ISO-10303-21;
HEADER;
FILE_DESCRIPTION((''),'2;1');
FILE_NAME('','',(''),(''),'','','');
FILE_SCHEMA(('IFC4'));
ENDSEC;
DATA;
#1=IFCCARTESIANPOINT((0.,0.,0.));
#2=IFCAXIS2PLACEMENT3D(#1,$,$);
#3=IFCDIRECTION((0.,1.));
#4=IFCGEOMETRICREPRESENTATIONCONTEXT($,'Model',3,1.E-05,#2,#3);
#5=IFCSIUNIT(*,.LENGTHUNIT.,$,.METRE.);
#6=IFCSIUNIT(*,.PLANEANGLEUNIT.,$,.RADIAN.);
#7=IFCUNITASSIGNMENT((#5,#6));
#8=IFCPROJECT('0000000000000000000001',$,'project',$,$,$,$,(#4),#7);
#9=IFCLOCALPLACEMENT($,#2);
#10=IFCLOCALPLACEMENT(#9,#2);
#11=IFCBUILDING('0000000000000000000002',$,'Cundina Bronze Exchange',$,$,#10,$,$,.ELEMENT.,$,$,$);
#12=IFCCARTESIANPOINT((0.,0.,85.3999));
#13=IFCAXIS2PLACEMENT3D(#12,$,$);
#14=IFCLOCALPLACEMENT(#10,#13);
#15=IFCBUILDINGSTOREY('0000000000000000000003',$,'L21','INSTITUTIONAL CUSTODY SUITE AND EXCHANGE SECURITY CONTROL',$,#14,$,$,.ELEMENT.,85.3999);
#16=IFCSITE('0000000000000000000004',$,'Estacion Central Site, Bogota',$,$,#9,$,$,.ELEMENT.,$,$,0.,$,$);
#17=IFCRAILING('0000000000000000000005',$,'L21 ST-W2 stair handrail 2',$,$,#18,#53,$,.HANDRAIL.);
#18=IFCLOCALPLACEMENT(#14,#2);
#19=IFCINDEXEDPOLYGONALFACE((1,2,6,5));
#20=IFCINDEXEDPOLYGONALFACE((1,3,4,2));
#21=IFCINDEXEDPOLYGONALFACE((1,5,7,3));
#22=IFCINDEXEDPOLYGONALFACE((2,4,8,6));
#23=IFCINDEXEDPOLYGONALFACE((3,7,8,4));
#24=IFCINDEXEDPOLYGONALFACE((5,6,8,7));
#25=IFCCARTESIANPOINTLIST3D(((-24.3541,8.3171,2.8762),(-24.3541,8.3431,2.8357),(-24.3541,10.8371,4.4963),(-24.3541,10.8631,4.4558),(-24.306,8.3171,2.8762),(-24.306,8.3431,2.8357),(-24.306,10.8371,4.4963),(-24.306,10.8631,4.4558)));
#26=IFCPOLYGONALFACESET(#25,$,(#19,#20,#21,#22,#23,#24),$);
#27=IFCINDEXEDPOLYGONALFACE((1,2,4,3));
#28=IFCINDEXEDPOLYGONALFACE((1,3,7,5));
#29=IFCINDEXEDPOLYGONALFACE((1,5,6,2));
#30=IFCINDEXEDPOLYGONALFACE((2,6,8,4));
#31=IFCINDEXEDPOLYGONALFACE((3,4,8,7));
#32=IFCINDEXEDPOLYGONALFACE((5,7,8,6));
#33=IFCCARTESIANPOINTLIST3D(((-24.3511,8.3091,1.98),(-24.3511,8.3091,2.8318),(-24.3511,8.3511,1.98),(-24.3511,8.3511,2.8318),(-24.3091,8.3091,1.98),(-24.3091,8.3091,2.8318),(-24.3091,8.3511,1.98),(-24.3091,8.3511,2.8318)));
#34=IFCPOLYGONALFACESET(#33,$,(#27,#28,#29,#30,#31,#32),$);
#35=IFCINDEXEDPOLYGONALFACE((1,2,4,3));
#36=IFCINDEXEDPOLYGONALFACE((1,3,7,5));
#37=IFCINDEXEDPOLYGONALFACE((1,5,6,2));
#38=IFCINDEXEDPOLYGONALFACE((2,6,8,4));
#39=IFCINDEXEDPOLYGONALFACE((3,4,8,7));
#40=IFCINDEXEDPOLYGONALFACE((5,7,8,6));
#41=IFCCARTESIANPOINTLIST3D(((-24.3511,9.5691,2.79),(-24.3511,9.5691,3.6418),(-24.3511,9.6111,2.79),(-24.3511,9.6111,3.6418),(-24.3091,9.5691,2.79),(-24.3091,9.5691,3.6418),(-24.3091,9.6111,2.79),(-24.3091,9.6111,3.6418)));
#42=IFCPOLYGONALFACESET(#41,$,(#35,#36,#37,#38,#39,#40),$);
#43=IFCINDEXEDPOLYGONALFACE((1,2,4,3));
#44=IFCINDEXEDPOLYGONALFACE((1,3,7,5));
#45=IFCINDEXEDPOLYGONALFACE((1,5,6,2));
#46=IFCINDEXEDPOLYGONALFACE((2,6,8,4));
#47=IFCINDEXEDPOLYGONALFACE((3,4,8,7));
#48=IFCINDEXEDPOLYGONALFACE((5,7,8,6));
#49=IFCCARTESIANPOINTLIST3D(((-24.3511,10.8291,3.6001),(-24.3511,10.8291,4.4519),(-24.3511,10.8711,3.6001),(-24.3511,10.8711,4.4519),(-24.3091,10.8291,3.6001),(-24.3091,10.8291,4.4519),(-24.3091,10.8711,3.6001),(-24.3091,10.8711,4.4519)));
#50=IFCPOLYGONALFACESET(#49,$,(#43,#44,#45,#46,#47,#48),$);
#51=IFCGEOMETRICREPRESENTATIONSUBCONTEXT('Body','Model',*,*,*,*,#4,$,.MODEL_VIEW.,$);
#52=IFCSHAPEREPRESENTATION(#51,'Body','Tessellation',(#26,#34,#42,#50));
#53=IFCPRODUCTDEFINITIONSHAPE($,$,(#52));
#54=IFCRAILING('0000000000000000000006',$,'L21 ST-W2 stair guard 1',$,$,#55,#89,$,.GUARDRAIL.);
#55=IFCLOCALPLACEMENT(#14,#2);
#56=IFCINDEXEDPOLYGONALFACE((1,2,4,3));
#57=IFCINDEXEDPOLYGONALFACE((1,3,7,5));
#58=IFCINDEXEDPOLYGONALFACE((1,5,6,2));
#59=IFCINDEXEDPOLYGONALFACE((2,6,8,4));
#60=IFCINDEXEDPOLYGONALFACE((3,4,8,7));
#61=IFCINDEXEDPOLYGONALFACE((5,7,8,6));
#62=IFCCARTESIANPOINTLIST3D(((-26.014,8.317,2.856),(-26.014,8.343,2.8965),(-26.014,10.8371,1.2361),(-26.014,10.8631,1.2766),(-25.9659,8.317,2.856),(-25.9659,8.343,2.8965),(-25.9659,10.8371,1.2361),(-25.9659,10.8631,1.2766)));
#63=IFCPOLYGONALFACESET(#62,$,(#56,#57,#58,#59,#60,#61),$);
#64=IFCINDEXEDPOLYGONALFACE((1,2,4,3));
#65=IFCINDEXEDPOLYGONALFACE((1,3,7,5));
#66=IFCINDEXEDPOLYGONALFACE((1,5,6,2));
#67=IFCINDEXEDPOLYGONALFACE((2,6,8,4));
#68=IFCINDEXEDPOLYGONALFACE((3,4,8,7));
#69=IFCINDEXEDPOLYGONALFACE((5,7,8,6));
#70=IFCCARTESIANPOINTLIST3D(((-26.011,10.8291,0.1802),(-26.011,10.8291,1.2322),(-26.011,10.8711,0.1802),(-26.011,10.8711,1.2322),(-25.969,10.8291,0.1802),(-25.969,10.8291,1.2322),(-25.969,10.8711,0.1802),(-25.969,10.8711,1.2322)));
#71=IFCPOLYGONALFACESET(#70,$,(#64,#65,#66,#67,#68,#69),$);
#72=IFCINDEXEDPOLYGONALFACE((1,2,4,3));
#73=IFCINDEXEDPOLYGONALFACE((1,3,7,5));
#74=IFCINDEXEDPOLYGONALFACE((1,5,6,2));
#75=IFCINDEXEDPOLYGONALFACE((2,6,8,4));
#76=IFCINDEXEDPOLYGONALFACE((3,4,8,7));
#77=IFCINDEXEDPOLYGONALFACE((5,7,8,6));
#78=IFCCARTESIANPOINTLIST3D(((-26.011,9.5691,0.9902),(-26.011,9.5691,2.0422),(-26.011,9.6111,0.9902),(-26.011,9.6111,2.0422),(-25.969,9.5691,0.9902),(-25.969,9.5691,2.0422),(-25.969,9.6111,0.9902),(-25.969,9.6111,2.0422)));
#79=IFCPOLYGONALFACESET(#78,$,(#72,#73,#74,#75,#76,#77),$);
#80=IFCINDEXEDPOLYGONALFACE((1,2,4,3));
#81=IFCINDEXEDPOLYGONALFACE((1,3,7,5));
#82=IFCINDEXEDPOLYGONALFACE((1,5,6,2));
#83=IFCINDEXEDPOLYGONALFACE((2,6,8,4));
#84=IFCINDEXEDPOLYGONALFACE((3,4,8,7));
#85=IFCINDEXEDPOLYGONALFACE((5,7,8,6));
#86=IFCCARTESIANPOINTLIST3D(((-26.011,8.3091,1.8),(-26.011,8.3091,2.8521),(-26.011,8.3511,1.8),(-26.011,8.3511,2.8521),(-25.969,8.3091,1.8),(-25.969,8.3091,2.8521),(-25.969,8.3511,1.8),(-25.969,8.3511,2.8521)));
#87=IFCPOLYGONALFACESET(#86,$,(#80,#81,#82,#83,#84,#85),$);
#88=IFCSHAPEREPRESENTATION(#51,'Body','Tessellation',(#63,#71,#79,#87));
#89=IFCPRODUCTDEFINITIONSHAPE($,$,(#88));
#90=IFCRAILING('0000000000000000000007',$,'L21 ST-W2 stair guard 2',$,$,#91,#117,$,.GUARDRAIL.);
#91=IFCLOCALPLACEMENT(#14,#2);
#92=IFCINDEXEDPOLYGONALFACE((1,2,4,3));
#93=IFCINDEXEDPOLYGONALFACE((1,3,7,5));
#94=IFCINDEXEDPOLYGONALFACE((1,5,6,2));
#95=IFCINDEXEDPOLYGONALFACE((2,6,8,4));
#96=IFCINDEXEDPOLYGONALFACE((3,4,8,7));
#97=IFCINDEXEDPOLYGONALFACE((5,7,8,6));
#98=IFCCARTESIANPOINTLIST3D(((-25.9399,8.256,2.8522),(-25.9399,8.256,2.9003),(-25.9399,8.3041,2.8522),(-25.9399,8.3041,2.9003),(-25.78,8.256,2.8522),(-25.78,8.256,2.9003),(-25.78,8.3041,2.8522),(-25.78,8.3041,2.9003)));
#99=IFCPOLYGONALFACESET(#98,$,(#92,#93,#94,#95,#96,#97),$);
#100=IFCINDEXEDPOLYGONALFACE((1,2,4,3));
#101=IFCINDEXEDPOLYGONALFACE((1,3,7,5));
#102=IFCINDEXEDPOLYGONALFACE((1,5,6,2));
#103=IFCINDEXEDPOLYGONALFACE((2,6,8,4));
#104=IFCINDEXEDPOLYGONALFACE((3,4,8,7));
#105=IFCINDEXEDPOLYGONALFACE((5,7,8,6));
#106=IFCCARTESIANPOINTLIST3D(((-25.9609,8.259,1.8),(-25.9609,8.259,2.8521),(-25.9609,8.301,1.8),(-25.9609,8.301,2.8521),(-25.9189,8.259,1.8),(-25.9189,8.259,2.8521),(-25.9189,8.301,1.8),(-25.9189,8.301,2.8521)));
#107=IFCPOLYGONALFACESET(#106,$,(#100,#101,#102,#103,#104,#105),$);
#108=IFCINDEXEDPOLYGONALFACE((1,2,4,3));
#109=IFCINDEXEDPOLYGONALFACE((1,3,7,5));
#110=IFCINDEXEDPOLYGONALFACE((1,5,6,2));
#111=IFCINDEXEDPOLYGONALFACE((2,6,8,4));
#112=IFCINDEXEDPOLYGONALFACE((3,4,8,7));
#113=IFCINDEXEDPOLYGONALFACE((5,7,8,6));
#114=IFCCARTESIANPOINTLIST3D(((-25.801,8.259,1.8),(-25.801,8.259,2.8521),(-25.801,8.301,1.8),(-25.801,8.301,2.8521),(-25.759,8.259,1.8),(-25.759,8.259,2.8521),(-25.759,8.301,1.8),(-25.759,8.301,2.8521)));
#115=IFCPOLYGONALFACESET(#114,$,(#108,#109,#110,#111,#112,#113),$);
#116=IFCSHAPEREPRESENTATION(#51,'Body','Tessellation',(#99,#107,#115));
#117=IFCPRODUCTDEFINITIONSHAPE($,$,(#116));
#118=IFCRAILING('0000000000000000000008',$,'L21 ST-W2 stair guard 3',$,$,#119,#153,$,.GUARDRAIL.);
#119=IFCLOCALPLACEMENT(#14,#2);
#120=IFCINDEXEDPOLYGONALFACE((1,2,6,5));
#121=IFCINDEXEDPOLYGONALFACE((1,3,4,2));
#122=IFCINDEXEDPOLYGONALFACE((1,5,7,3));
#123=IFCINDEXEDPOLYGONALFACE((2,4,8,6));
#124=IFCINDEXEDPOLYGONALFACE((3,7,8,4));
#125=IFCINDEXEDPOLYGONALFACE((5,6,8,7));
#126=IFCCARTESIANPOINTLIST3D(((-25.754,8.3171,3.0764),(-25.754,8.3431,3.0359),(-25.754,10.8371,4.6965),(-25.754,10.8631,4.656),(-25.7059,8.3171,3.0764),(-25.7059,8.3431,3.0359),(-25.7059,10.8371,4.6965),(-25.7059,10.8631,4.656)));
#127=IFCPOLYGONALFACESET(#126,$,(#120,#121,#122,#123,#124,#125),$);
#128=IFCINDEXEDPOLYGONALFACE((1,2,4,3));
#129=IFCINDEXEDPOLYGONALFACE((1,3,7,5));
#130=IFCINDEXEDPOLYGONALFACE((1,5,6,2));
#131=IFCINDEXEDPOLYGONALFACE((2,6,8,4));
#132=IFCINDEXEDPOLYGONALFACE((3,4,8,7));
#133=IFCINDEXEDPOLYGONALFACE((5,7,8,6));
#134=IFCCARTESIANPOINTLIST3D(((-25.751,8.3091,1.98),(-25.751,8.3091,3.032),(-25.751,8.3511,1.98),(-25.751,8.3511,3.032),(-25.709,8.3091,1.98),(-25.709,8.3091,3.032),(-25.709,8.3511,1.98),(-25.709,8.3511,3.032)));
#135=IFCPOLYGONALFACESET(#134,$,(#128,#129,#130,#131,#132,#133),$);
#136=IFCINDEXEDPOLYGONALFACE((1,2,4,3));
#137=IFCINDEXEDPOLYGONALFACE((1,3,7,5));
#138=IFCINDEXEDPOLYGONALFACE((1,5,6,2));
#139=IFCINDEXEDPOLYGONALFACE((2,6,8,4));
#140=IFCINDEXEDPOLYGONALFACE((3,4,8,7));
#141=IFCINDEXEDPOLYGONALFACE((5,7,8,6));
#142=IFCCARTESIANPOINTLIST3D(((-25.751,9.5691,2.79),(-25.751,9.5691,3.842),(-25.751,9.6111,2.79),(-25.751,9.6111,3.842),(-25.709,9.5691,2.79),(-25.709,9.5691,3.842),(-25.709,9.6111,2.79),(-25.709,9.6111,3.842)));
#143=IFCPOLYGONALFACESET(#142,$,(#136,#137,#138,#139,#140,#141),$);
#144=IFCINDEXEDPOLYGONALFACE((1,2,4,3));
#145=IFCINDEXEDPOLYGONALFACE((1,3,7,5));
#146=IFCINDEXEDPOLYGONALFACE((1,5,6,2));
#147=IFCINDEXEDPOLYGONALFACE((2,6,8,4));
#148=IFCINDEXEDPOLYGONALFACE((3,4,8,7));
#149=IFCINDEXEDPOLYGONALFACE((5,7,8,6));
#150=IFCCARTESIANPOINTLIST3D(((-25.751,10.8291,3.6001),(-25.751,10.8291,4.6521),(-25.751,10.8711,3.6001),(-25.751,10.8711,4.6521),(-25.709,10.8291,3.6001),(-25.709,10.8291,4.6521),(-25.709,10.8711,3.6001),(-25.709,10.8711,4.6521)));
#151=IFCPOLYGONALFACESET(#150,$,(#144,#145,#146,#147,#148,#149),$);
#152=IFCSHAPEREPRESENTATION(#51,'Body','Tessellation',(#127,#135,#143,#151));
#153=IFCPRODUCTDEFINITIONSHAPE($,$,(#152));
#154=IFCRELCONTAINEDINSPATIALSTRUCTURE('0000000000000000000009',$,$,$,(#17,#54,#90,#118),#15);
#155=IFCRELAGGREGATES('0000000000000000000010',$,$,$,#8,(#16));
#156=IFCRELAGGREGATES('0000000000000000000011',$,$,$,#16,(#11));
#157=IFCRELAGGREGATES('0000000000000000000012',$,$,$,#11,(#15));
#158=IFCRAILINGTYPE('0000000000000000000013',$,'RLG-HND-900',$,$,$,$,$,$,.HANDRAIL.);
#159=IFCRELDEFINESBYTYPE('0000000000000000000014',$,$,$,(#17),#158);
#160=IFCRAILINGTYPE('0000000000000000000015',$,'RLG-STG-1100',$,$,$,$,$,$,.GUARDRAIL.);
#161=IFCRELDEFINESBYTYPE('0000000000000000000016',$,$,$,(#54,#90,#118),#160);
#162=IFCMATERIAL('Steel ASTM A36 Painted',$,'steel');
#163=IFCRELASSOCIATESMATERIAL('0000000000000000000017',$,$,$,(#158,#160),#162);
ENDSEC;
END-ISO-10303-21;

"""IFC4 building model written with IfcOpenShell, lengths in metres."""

from ifc_helpers import new_model, si_unit, direction, frame, origin, origin_2d, place, context, subcontext, project, spatial, rectangle, extrude, material, type_object, element, save


model = new_model("IFC4")

# Units and contexts
model_context = context("Model", 3, precision=1e-05, world=origin(), true_north=direction((0.0, 1.0)))
body_context = subcontext(model_context, "Body", "Model", "MODEL_VIEW")
ifc_project = project(units=[si_unit("LENGTHUNIT", "METRE"), si_unit("PLANEANGLEUNIT", "RADIAN")], contexts=[model_context])

# Site, building, storey
site_placement = place(None, origin())
site = spatial("IfcSite", under=ifc_project, at=site_placement, Name="Estacion Central Site, Bogota", CompositionType="ELEMENT", RefElevation=0.0)
building_placement = place(site_placement, origin())
building = spatial("IfcBuilding", under=site, at=building_placement, Name="Cundina Bronze Exchange", CompositionType="ELEMENT")
storey_placement = place(building_placement, frame((0.0, 0.0, 85.3999)))
storey = spatial("IfcBuildingStorey", under=building, at=storey_placement, Name="L21", Description="INSTITUTIONAL CUSTODY SUITE AND EXCHANGE SECURITY CONTROL", CompositionType="ELEMENT", Elevation=85.3999)

# Shared definitions
ifc_material_1 = material(Name="Steel ASTM A36 Painted", Category="steel")

# Railings
railing_type_1 = type_object("IfcRailingType", Name="RLG-HND-900", PredefinedType="HANDRAIL", material=ifc_material_1)
railing_1_placement = place(storey_placement, frame((-24.3301, 8.3301, 1.98)))
element("IfcRailing", 1, at=railing_1_placement, inside=storey, type_object=railing_type_1, Name="L21 ST-W2 stair handrail 2", PredefinedType="HANDRAIL", context=body_context, shape_type="SweptSolid", body=[
    extrude(rectangle(XDim=0.0481, YDim=0.0481, at=origin_2d()), frame((0.0, 0.0, 0.876), z_axis=(0.0, 0.841163, 0.540782), x_axis=(-1.0, 0.0, 0.0)), (0.0, 0.0, 1.0), 2.9958),
    extrude(rectangle(XDim=0.042, YDim=0.042, at=origin_2d()), origin(), (0.0, 0.0, 1.0), 0.8518),
    extrude(rectangle(XDim=0.042, YDim=0.042, at=origin_2d()), frame((0.0, 1.26, 0.8101)), (0.0, 0.0, 1.0), 0.8518),
    extrude(rectangle(XDim=0.042, YDim=0.042, at=origin_2d()), frame((0.0, 2.52, 1.6201)), (0.0, 0.0, 1.0), 0.8518),
])
railing_type_2 = type_object("IfcRailingType", Name="RLG-STG-1100", PredefinedType="GUARDRAIL", material=ifc_material_1)
railing_2_placement = place(storey_placement, frame((-25.99, 10.8501, 0.1802)))
element("IfcRailing", 2, at=railing_2_placement, inside=storey, type_object=railing_type_2, Name="L21 ST-W2 stair guard 1", PredefinedType="GUARDRAIL", context=body_context, shape_type="SweptSolid", body=[
    extrude(rectangle(XDim=0.0481, YDim=0.0481, at=origin_2d()), frame((0.0, 0.0, 1.0762), z_axis=(0.0, -0.8412, 0.540725), x_axis=(1.0, 0.0, 0.0)), (0.0, 0.0, 1.0), 2.9958),
    extrude(rectangle(XDim=0.042, YDim=0.042, at=origin_2d()), origin(), (0.0, 0.0, 1.0), 1.052),
    extrude(rectangle(XDim=0.042, YDim=0.042, at=origin_2d()), frame((0.0, -1.26, 0.8101)), (0.0, 0.0, 1.0), 1.052),
    extrude(rectangle(XDim=0.042, YDim=0.042, at=origin_2d()), frame((0.0, -2.52, 1.6199)), (0.0, 0.0, 1.0), 1.052),
])
railing_3_placement = place(storey_placement, frame((-25.9399, 8.28, 1.8)))
element("IfcRailing", 3, at=railing_3_placement, inside=storey, type_object=railing_type_2, Name="L21 ST-W2 stair guard 2", PredefinedType="GUARDRAIL", context=body_context, shape_type="SweptSolid", body=[
    extrude(rectangle(XDim=0.0481, YDim=0.0481, at=origin_2d()), frame((0.0, 0.0, 1.0762), z_axis=(1.0, 0.0, 0.0), x_axis=(0.0, 1.0, 0.0)), (0.0, 0.0, 1.0), 0.1599),
    extrude(rectangle(XDim=0.042, YDim=0.042, at=origin_2d()), origin(), (0.0, 0.0, 1.0), 1.052),
    extrude(rectangle(XDim=0.042, YDim=0.042, at=origin_2d()), frame((0.1599, 0.0, 0.0)), (0.0, 0.0, 1.0), 1.052),
])
railing_4_placement = place(storey_placement, frame((-25.73, 8.3301, 1.98)))
element("IfcRailing", 4, at=railing_4_placement, inside=storey, type_object=railing_type_2, Name="L21 ST-W2 stair guard 3", PredefinedType="GUARDRAIL", context=body_context, shape_type="SweptSolid", body=[
    extrude(rectangle(XDim=0.0481, YDim=0.0481, at=origin_2d()), frame((0.0, 0.0, 1.0762), z_axis=(0.0, 0.841163, 0.540782), x_axis=(-1.0, 0.0, 0.0)), (0.0, 0.0, 1.0), 2.9958),
    extrude(rectangle(XDim=0.042, YDim=0.042, at=origin_2d()), origin(), (0.0, 0.0, 1.0), 1.052),
    extrude(rectangle(XDim=0.042, YDim=0.042, at=origin_2d()), frame((0.0, 1.26, 0.8101)), (0.0, 0.0, 1.0), 1.052),
    extrude(rectangle(XDim=0.042, YDim=0.042, at=origin_2d()), frame((0.0, 2.52, 1.6201)), (0.0, 0.0, 1.0), 1.052),
])

save(model, "model.ifc")
